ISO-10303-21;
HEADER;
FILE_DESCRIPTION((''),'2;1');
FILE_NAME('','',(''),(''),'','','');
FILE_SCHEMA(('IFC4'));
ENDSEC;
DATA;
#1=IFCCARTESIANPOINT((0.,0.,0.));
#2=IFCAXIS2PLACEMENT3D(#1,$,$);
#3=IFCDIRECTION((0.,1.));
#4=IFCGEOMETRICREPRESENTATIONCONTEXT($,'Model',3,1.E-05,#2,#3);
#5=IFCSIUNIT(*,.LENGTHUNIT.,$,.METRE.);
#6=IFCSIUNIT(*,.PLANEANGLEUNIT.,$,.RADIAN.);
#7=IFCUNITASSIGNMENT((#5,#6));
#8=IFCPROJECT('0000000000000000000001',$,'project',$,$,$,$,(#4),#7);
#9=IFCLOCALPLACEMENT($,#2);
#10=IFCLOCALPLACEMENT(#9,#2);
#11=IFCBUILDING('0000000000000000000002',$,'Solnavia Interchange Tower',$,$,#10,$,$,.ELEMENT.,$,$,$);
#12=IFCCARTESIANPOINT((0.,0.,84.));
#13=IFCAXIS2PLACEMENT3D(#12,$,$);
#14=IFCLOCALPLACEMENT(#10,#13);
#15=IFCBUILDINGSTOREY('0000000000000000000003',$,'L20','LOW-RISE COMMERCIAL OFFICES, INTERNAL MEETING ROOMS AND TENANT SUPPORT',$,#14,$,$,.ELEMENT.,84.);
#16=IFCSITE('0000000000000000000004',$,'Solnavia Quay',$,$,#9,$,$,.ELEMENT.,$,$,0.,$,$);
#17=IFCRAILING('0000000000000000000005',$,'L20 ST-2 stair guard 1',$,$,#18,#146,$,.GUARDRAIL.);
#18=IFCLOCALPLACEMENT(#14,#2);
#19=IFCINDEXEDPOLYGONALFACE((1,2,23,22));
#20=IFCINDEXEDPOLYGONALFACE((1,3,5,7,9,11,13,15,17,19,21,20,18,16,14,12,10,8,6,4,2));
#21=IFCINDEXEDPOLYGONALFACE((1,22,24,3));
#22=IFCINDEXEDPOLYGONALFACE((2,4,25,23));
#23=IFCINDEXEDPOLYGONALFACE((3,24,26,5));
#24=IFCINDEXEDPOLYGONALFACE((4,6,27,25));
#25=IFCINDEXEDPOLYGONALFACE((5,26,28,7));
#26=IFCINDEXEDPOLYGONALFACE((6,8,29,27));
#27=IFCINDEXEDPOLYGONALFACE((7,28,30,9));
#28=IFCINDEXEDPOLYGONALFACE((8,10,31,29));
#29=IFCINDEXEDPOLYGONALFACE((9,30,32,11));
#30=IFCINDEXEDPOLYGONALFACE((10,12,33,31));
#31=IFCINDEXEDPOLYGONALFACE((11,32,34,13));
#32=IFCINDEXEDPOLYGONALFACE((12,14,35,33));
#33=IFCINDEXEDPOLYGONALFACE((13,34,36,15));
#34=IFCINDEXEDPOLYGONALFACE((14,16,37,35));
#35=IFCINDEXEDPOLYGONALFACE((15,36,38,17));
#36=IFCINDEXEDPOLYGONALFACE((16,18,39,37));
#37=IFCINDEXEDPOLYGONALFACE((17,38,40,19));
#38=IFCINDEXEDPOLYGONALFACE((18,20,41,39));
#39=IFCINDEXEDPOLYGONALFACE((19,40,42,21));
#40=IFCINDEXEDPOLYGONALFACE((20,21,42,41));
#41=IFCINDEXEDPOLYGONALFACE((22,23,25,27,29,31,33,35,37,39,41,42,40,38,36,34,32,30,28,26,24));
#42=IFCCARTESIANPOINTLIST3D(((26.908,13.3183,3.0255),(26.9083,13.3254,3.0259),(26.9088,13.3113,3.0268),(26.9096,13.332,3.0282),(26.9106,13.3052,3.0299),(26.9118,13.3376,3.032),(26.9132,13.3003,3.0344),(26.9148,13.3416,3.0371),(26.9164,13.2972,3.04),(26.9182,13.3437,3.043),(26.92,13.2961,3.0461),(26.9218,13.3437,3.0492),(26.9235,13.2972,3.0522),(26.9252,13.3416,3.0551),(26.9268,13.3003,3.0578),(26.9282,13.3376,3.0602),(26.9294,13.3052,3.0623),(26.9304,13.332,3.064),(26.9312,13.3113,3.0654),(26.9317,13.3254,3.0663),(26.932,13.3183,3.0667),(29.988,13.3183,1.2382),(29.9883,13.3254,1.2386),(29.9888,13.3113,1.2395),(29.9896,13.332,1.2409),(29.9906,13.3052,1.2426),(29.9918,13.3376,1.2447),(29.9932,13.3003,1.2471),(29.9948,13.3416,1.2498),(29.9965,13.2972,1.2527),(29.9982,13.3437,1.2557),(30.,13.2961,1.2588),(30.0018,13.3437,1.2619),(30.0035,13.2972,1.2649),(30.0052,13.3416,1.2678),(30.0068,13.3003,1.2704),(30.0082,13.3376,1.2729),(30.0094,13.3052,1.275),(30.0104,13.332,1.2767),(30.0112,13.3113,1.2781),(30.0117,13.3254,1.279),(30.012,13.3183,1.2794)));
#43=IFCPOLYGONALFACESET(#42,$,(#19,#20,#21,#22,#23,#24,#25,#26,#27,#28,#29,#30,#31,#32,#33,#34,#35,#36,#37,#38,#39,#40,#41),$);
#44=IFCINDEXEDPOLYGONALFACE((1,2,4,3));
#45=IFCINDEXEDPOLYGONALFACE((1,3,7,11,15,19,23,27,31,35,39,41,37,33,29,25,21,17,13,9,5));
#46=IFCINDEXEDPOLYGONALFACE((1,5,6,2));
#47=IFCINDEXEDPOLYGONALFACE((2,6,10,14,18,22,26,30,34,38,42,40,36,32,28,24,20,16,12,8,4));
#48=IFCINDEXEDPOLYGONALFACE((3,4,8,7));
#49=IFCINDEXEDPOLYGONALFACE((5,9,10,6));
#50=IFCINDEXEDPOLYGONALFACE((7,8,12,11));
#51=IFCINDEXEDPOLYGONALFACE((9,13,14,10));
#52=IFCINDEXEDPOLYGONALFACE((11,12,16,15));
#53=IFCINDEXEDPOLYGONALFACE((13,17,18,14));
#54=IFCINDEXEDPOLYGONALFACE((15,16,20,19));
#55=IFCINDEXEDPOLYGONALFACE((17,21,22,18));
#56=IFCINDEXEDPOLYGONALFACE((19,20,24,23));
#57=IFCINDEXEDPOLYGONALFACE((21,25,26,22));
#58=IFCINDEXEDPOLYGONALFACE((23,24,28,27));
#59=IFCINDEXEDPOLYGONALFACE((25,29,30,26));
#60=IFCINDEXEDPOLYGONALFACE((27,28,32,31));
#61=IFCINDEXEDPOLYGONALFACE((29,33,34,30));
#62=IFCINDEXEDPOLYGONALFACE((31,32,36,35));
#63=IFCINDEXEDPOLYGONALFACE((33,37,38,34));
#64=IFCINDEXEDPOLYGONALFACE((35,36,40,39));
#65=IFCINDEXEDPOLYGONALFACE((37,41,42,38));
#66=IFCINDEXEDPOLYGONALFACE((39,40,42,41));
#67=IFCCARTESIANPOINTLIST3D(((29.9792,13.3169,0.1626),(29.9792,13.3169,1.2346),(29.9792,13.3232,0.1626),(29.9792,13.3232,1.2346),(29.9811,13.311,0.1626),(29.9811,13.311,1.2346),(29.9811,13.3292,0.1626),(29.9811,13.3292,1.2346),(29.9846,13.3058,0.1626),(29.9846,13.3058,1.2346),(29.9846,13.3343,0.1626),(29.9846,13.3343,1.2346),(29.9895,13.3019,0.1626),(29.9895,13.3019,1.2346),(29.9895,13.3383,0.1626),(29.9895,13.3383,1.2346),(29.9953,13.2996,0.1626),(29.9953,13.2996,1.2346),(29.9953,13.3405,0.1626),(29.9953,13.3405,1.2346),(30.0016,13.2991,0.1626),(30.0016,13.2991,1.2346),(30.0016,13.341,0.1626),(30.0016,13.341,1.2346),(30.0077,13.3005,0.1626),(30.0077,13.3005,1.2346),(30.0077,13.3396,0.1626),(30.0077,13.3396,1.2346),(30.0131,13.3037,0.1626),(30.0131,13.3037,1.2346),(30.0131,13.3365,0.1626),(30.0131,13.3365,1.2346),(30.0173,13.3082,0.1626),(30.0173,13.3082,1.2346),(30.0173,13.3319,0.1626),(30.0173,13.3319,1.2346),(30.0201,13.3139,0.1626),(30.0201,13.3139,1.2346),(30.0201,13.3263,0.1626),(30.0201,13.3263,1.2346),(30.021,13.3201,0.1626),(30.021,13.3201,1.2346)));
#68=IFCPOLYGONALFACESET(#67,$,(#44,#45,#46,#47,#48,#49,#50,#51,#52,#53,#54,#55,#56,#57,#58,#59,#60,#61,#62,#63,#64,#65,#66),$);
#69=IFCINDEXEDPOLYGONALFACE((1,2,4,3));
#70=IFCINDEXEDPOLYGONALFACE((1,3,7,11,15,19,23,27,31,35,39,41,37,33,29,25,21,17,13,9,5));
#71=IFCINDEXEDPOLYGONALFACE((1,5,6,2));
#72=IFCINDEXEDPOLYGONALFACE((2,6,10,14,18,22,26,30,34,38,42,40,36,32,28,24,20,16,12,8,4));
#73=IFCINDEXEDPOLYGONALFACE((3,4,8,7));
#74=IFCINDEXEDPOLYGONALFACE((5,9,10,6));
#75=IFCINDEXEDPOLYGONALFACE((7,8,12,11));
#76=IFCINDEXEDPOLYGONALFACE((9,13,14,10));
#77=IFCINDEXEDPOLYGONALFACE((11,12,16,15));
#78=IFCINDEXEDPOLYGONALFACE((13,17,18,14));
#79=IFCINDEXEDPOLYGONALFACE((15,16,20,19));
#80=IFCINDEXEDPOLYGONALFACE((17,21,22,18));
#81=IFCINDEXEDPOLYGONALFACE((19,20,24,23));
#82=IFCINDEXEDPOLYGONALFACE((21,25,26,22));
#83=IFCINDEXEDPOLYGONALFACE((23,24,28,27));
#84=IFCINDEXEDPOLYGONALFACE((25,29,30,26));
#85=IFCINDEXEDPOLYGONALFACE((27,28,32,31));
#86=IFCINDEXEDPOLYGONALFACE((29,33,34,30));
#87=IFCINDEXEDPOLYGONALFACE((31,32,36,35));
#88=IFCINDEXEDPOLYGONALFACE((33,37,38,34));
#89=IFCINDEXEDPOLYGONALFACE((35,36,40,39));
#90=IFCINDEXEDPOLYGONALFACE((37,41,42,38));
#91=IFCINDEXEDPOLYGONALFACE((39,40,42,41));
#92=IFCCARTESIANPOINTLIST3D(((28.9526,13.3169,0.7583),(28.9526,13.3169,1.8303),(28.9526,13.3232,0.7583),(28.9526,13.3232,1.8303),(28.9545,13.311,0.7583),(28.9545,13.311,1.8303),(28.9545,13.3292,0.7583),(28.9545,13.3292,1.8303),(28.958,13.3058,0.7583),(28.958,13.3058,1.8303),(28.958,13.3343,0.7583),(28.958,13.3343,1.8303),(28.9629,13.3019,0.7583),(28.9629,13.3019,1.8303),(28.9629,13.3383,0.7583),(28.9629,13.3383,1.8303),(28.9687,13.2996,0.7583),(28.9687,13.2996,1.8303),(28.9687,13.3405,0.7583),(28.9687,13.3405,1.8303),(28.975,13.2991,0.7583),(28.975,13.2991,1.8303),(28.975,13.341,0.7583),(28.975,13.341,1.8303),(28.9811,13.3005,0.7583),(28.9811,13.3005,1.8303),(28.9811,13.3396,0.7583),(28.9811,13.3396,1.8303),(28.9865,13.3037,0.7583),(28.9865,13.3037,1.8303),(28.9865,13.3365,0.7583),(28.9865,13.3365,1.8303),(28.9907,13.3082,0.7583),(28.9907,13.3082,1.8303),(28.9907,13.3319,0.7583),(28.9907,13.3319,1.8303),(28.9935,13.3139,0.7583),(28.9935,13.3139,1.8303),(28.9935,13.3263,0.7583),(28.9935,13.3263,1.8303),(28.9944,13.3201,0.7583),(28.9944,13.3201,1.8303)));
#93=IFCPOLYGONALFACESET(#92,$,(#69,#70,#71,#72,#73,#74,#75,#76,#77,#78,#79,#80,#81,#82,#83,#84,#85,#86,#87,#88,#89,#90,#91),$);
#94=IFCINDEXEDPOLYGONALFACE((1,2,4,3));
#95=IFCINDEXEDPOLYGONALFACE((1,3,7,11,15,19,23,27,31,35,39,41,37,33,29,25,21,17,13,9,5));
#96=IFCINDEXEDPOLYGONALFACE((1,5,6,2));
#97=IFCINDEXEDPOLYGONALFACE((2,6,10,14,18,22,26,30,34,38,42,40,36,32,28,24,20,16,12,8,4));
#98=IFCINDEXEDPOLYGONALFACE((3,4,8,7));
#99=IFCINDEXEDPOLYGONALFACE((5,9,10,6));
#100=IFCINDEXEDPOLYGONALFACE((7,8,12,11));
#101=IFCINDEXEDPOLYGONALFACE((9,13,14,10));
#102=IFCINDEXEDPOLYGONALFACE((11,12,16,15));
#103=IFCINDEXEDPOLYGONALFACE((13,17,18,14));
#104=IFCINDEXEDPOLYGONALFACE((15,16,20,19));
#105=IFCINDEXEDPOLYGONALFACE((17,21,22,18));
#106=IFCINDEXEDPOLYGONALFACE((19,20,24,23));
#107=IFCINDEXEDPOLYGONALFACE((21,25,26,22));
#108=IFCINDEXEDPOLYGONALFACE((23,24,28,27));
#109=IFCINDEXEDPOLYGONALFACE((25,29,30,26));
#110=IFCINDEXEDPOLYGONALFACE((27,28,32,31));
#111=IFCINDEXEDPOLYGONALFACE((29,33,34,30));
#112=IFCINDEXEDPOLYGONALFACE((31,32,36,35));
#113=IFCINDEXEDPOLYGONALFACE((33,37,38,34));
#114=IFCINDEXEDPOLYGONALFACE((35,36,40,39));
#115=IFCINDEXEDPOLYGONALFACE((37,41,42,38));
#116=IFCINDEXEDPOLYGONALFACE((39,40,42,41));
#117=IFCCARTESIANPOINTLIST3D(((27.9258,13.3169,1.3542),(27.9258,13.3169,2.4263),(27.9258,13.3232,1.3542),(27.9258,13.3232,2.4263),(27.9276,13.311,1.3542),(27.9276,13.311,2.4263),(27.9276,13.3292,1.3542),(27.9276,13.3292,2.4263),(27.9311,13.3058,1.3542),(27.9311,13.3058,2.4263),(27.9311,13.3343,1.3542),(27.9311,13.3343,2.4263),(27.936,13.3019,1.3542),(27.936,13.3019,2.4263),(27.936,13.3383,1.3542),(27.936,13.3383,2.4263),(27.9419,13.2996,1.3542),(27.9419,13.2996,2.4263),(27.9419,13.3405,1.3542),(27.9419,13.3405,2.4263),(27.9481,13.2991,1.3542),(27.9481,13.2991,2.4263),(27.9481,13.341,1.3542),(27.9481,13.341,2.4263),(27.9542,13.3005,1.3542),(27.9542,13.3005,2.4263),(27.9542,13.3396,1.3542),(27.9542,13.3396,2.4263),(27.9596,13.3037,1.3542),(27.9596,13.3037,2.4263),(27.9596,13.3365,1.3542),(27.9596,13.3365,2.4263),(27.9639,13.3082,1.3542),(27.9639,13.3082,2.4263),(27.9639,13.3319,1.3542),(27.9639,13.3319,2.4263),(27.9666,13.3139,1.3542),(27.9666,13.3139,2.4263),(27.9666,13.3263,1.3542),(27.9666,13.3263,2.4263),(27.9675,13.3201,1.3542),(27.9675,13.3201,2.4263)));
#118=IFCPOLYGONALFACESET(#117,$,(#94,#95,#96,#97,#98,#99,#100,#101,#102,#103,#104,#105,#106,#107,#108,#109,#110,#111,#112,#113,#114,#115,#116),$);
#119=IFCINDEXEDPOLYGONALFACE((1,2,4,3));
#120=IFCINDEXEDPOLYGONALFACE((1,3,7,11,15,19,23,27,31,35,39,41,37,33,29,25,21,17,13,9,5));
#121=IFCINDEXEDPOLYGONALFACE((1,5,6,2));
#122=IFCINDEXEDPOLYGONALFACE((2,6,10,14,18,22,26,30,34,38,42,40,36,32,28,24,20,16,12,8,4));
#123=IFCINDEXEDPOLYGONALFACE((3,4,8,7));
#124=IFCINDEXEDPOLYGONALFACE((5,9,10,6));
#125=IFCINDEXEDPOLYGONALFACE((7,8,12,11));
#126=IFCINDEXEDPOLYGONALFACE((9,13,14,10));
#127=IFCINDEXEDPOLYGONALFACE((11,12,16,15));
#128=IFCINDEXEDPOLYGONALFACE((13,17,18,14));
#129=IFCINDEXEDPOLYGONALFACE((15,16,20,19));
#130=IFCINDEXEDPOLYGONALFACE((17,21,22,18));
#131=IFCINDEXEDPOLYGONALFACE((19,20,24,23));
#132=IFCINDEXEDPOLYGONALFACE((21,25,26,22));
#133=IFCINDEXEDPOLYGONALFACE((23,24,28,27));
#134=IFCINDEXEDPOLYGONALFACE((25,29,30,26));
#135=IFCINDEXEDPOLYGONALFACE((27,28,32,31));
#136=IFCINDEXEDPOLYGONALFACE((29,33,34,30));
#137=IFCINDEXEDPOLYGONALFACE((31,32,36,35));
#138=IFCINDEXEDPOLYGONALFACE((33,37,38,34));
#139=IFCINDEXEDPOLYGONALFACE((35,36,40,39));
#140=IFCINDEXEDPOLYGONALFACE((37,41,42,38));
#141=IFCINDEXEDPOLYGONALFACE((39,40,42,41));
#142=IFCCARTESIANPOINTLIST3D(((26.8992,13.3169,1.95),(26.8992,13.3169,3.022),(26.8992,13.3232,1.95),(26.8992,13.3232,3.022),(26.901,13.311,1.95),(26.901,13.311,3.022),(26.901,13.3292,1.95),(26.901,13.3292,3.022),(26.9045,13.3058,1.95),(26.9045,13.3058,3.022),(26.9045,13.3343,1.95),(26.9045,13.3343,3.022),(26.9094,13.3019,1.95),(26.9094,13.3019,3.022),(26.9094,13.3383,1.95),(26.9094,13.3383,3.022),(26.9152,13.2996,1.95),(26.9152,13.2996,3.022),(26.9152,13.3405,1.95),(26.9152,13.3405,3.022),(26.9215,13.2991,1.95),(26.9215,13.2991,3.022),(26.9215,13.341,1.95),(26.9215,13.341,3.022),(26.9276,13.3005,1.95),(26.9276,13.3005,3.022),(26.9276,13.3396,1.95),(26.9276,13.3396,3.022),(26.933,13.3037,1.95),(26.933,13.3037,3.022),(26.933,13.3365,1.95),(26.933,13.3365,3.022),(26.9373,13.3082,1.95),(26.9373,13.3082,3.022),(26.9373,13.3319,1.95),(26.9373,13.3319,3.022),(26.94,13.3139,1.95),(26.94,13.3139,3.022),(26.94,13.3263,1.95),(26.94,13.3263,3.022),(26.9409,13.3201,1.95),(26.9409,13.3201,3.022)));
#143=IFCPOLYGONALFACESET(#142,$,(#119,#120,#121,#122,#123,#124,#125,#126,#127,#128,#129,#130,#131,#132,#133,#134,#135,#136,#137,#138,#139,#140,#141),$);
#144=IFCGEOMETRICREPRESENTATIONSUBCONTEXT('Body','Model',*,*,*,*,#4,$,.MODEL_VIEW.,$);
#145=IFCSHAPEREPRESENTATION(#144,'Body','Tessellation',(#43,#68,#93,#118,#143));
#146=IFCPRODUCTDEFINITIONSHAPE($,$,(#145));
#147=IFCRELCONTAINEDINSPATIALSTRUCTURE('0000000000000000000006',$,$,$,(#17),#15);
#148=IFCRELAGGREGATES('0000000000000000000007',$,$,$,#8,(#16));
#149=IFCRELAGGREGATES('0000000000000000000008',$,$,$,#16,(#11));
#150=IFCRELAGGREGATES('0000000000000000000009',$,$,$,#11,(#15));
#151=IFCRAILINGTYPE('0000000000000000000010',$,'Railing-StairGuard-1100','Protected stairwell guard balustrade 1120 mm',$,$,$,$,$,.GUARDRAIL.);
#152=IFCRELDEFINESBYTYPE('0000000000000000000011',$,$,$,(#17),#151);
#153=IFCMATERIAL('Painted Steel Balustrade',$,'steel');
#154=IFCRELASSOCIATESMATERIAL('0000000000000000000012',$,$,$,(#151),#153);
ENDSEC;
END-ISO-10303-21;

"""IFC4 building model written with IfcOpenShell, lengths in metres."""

from ifc_helpers import new_model, si_unit, direction, frame, origin, origin_2d, place, context, subcontext, project, spatial, circle, extrude, material, type_object, element, save


model = new_model("IFC4")

# Units and contexts
model_context = context("Model", 3, precision=1e-05, world=origin(), true_north=direction((0.0, 1.0)))
body_context = subcontext(model_context, "Body", "Model", "MODEL_VIEW")
ifc_project = project(units=[si_unit("LENGTHUNIT", "METRE"), si_unit("PLANEANGLEUNIT", "RADIAN")], contexts=[model_context])

# Site, building, storey
site_placement = place(None, origin())
site = spatial("IfcSite", under=ifc_project, at=site_placement, Name="Solnavia Quay", CompositionType="ELEMENT", RefElevation=0.0)
building_placement = place(site_placement, origin())
building = spatial("IfcBuilding", under=site, at=building_placement, Name="Solnavia Interchange Tower", CompositionType="ELEMENT")
storey_placement = place(building_placement, frame((0.0, 0.0, 84.0)))
storey = spatial("IfcBuildingStorey", under=building, at=storey_placement, Name="L20", Description="LOW-RISE COMMERCIAL OFFICES, INTERNAL MEETING ROOMS AND TENANT SUPPORT", CompositionType="ELEMENT", Elevation=84.0)

# Railing
ifc_material_1 = material(Name="Painted Steel Balustrade", Category="steel")
railing_type_1 = type_object("IfcRailingType", Name="Railing-StairGuard-1100", Description="Protected stairwell guard balustrade 1120 mm", PredefinedType="GUARDRAIL", material=ifc_material_1)
railing_1_placement = place(storey_placement, frame((30.0, 13.3201, 0.1626)))
element("IfcRailing", 1, at=railing_1_placement, inside=storey, type_object=railing_type_1, Name="L20 ST-2 stair guard 1", PredefinedType="GUARDRAIL", context=body_context, shape_type="SweptSolid", body=[
    extrude(circle(Radius=0.0239, at=origin_2d()), frame((0.0, 0.0, 1.0962), z_axis=(-0.86492, 0.0, 0.501909), x_axis=(0.0, -1.0, 0.0)), (0.0, 0.0, 1.0), 3.561),
    extrude(circle(Radius=0.021, at=origin_2d()), origin(), (0.0, 0.0, 1.0), 1.072),
    extrude(circle(Radius=0.021, at=origin_2d()), frame((-1.0266, 0.0, 0.5957)), (0.0, 0.0, 1.0), 1.072),
    extrude(circle(Radius=0.021, at=origin_2d()), frame((-2.0535, 0.0, 1.1917)), (0.0, 0.0, 1.0), 1.072),
    extrude(circle(Radius=0.021, at=origin_2d()), frame((-3.0801, 0.0, 1.7874)), (0.0, 0.0, 1.0), 1.072),
])

save(model, "model.ifc")
